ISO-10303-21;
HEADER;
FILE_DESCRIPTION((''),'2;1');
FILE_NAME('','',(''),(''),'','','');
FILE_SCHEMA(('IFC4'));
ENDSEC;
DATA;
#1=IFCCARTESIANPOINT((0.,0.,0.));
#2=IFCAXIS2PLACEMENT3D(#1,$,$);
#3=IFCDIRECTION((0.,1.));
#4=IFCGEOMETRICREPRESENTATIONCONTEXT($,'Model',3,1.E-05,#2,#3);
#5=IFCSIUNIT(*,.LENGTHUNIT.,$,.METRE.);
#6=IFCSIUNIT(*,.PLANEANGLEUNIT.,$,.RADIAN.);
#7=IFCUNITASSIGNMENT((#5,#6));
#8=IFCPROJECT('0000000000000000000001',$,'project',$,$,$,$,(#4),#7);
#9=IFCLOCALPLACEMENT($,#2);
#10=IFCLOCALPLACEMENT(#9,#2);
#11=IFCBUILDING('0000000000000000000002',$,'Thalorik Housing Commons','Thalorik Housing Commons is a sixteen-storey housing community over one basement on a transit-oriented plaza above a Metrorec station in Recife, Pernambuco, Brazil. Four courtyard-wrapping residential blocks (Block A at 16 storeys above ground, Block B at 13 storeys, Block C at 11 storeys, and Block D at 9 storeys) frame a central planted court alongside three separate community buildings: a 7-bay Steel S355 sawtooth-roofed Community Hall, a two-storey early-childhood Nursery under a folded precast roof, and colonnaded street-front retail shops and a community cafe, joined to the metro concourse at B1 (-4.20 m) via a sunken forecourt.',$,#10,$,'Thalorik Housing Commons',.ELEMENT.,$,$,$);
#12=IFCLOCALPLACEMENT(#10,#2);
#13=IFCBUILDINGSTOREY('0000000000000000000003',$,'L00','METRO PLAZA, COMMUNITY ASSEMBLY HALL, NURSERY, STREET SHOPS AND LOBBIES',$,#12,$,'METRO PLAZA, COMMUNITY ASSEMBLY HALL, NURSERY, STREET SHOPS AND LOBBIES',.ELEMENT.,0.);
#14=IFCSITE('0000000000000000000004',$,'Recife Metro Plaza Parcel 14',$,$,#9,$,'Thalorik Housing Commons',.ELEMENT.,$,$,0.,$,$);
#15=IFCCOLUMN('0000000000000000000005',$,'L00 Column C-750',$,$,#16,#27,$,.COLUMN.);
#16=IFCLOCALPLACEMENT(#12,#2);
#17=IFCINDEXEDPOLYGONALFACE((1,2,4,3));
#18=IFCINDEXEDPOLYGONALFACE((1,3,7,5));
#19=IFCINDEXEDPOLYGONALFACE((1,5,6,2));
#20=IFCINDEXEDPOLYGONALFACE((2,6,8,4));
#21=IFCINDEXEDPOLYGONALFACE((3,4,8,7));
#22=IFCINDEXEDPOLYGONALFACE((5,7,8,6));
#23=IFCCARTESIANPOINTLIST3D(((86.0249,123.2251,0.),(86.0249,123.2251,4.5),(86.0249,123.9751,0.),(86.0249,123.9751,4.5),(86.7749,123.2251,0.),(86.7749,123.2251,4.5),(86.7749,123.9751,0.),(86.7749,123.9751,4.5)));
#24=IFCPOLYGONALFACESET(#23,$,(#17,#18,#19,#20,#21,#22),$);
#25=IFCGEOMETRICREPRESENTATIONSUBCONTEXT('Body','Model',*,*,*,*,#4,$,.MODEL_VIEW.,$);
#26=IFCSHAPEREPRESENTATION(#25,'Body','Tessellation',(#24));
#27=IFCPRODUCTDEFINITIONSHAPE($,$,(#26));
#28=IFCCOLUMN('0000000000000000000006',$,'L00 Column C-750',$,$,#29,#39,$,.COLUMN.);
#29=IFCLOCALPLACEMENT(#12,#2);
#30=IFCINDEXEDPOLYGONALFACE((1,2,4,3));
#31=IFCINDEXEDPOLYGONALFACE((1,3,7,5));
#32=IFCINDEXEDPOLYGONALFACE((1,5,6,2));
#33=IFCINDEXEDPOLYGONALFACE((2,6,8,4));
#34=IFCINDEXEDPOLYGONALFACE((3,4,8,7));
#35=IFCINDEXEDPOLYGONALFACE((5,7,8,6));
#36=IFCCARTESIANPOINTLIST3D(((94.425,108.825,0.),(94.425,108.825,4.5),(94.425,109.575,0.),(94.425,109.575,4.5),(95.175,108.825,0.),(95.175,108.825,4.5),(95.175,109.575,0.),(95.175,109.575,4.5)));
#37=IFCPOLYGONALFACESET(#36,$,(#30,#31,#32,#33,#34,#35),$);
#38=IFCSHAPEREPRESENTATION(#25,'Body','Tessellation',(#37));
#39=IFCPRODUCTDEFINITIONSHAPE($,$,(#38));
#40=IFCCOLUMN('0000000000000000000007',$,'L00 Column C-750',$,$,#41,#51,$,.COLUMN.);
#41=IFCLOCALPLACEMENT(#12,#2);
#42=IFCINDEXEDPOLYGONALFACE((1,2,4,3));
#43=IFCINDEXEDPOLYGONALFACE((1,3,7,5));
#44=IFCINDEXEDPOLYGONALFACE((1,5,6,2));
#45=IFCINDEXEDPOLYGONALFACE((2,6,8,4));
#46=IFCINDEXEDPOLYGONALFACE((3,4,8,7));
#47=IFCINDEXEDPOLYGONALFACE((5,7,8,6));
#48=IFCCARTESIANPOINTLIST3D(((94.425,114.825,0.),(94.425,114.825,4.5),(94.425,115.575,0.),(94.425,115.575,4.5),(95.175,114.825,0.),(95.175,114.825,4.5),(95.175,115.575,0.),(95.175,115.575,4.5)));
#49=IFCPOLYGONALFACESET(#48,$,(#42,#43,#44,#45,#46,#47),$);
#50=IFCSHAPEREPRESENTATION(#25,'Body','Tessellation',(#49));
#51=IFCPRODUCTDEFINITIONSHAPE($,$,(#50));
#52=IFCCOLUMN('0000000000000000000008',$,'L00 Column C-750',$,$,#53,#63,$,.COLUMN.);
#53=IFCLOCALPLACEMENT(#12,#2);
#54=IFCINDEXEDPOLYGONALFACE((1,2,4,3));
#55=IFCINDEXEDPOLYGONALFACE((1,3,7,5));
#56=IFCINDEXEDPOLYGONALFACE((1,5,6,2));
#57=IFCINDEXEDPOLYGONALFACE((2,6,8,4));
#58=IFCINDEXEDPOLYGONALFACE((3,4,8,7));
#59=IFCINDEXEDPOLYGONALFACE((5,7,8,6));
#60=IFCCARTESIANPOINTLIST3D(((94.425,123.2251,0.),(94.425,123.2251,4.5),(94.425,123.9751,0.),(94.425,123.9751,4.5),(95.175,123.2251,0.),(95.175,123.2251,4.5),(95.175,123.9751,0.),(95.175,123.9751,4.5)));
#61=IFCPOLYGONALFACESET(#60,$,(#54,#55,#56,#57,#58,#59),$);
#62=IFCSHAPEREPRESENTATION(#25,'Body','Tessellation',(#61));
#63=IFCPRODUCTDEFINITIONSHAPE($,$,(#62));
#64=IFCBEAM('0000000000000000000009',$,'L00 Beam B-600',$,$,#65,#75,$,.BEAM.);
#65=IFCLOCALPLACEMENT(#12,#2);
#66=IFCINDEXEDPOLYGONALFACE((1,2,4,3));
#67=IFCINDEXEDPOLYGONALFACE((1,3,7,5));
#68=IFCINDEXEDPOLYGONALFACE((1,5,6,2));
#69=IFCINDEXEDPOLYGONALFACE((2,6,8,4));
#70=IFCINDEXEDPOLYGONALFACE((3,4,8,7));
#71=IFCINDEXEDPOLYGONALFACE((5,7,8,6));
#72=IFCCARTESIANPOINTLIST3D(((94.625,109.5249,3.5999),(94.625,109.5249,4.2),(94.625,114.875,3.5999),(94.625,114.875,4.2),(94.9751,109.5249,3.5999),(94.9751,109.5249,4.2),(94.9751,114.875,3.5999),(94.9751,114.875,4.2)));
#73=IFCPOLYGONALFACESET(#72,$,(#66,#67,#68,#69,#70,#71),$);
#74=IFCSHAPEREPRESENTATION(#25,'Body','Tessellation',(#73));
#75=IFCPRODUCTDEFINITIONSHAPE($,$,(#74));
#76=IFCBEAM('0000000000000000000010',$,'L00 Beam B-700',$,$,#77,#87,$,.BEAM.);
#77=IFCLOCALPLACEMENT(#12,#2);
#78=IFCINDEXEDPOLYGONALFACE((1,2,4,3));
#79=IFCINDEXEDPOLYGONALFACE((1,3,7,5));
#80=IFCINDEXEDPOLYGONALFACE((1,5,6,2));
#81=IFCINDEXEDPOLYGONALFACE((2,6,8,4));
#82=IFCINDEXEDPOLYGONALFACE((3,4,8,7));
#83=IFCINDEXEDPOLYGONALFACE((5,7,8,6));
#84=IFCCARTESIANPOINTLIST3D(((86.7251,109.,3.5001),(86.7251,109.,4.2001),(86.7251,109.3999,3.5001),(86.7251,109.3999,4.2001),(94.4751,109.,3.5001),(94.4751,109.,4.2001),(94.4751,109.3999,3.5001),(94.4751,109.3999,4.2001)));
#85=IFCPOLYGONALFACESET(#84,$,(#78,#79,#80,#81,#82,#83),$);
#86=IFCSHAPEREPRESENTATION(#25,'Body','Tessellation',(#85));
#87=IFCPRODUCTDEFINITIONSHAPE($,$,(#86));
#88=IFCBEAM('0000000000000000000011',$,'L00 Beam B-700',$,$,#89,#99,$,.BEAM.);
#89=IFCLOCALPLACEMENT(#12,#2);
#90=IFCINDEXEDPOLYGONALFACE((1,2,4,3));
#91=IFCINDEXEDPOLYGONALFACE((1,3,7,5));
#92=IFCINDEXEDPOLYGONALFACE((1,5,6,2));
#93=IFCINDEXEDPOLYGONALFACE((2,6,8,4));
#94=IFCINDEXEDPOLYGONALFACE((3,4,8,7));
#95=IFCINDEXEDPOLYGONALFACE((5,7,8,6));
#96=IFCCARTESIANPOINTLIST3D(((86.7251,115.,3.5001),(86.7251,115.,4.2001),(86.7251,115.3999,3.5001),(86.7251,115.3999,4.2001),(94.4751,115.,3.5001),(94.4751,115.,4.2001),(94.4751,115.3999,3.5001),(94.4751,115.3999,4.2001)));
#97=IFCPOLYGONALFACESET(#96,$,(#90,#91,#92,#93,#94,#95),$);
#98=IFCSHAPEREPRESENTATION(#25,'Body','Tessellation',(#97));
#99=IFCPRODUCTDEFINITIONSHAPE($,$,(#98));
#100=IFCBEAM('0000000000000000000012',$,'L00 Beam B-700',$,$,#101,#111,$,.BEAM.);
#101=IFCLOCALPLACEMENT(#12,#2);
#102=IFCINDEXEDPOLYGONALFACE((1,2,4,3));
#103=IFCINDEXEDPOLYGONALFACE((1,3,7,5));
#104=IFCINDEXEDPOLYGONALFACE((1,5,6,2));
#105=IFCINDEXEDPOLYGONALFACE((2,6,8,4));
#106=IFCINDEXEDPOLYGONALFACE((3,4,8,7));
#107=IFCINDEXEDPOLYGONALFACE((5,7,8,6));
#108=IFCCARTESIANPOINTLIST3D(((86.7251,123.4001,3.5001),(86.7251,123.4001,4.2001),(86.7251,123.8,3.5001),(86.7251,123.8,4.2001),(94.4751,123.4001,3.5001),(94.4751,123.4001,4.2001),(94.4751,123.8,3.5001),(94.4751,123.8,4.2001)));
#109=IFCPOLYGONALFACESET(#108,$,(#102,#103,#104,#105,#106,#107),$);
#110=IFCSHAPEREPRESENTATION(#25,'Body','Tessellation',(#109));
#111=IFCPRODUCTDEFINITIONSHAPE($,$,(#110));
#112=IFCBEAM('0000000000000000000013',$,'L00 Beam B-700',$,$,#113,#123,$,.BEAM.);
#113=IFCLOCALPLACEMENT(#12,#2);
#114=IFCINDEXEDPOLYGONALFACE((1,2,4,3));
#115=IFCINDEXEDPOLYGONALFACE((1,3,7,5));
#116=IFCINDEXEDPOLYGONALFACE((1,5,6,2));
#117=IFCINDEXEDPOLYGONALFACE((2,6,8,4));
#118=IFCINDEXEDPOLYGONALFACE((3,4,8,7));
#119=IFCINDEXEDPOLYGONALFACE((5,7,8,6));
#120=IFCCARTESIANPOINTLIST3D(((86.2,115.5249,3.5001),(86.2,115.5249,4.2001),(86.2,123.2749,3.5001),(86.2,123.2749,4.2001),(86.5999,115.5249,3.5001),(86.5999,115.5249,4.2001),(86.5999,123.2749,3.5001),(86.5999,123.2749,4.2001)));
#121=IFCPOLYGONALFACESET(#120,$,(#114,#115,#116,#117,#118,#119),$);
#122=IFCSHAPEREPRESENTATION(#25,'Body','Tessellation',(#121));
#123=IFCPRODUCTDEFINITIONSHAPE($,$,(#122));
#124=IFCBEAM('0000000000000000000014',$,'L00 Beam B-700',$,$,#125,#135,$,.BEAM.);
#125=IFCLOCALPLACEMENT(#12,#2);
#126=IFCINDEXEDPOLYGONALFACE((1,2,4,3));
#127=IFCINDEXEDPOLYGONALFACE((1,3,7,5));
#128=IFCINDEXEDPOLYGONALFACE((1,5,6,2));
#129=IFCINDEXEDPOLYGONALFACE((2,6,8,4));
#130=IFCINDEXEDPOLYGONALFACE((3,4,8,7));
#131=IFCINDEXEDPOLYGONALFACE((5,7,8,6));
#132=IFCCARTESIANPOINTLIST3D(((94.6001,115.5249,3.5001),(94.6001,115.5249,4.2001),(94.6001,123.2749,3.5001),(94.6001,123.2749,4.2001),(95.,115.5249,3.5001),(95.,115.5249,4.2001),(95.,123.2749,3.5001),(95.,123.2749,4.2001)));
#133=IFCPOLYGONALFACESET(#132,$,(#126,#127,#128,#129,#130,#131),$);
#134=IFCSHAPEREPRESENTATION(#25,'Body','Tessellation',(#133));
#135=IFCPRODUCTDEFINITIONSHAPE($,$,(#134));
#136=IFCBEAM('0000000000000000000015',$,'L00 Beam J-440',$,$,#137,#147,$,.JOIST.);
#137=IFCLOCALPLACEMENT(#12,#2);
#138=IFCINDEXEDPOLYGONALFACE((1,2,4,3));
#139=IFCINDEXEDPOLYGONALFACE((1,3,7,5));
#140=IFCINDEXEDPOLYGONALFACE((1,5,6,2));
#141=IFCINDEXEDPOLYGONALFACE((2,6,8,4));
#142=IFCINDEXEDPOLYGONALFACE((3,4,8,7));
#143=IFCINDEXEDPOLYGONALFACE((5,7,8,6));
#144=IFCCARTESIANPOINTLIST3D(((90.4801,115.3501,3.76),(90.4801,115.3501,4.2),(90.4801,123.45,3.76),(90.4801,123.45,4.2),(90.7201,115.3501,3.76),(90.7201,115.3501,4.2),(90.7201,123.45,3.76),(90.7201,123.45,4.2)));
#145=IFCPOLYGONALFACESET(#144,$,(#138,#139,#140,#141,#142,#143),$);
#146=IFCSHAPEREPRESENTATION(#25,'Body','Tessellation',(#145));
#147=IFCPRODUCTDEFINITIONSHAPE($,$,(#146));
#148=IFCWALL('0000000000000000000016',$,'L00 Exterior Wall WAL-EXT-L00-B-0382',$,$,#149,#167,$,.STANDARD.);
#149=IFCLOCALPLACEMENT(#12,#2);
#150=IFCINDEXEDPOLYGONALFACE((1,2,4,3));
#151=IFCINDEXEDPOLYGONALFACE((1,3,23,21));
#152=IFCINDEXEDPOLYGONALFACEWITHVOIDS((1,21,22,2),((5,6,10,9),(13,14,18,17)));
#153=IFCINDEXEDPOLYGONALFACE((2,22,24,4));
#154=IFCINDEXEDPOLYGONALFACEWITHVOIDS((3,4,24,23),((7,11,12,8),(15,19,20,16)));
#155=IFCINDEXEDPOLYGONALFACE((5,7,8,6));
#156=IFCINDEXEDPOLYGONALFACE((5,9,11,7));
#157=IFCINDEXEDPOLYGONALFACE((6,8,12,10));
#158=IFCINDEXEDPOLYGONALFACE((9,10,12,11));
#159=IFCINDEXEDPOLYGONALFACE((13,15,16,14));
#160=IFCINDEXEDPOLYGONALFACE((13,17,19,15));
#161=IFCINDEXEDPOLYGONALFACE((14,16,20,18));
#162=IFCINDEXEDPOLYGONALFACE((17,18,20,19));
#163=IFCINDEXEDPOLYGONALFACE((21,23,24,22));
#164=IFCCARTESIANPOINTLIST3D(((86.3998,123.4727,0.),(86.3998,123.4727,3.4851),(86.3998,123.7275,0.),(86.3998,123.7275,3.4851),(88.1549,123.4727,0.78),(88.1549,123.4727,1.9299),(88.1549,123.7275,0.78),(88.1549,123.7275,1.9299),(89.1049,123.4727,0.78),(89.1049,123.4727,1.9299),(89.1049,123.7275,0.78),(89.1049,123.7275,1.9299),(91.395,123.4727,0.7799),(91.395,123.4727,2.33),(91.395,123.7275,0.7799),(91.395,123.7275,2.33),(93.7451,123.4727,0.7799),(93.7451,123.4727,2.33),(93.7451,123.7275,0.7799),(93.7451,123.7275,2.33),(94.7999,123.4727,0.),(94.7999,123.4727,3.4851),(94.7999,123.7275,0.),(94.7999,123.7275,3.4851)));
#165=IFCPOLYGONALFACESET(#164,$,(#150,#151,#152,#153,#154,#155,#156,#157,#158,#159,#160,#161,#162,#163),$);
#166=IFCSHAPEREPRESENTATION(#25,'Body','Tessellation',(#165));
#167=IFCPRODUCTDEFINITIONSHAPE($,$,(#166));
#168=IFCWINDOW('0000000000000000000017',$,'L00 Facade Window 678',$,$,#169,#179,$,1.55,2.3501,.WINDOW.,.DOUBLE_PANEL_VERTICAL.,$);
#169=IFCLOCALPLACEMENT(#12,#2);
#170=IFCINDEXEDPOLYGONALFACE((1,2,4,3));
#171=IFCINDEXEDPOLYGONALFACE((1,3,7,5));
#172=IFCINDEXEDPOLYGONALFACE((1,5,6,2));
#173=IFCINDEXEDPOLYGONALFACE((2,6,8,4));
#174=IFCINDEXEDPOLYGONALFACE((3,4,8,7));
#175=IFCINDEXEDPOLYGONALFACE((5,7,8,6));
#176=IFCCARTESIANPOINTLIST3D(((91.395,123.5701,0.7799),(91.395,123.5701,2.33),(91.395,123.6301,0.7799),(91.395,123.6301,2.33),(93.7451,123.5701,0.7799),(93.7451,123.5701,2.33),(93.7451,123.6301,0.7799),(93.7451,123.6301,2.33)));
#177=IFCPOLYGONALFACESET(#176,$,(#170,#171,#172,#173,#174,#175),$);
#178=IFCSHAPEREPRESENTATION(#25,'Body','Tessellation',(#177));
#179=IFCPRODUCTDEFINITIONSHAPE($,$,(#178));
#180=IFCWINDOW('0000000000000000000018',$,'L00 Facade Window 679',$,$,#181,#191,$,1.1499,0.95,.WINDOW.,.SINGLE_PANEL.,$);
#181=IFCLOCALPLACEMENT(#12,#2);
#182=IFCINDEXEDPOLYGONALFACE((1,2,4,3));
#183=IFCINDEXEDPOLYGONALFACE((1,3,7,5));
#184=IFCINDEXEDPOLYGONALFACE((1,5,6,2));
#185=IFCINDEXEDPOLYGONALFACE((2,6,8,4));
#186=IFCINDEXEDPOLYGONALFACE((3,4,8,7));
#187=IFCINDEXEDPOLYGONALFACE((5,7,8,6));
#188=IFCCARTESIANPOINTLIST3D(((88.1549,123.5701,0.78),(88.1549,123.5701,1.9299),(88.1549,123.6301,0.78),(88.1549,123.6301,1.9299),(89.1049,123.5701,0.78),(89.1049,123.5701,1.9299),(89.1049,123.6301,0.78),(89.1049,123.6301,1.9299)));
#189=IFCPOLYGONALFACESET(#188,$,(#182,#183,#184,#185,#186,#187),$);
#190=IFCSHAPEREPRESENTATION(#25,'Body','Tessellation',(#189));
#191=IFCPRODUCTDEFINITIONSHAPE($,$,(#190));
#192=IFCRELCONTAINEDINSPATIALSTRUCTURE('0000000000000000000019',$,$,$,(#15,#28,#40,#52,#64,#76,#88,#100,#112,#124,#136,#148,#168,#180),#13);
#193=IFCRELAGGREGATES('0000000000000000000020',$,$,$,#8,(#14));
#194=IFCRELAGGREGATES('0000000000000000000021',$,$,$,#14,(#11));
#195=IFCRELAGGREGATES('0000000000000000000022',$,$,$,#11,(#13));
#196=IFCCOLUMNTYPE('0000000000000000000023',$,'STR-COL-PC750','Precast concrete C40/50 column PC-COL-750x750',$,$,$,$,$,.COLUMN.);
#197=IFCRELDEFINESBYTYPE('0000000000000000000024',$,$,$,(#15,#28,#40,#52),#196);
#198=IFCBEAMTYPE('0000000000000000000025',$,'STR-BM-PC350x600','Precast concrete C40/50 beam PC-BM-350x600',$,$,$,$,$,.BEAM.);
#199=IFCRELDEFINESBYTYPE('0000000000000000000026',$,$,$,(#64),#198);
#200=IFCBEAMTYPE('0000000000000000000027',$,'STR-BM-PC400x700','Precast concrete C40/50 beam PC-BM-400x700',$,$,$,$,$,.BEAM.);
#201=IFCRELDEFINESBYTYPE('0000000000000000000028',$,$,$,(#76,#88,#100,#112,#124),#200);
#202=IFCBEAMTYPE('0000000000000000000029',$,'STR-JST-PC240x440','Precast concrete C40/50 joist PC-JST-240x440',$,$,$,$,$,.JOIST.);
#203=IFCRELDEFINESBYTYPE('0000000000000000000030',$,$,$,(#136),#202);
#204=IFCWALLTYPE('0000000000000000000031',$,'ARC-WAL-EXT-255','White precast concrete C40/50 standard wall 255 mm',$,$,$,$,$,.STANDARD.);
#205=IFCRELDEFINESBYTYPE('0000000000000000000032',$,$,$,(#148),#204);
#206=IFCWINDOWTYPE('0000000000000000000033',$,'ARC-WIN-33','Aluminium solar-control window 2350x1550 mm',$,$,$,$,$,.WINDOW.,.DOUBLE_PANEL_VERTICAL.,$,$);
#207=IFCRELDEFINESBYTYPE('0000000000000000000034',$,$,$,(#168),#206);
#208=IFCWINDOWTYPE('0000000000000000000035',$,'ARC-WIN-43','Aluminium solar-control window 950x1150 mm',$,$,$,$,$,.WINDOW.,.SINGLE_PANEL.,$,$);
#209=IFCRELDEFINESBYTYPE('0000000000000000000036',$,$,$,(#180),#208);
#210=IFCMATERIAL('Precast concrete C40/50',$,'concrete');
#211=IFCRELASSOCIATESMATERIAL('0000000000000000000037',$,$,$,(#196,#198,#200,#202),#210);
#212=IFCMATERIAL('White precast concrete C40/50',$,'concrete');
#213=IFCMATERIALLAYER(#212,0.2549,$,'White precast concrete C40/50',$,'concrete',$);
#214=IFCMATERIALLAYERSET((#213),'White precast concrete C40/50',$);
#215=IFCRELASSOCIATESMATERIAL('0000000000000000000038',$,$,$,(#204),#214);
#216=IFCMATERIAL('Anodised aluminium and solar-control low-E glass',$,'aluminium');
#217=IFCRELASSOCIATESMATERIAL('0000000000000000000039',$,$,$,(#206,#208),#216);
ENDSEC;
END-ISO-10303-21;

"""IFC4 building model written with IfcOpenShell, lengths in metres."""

from ifc_helpers import new_model, si_unit, direction, frame, frame_2d, origin, origin_2d, place, context, subcontext, project, spatial, rectangle, extrude, material, layer, layer_set, material_profile, profile_set, type_object, element, fill, save


model = new_model("IFC4")

# Units and contexts
model_context = context("Model", 3, precision=1e-05, world=origin(), true_north=direction((0.0, 1.0)))
body_context = subcontext(model_context, "Body", "Model", "MODEL_VIEW")
ifc_project = project(units=[si_unit("LENGTHUNIT", "METRE"), si_unit("PLANEANGLEUNIT", "RADIAN")], contexts=[model_context])

# Site, building, storey
site_placement = place(None, origin())
site = spatial("IfcSite", under=ifc_project, at=site_placement, Name="Recife Metro Plaza Parcel 14", LongName="Thalorik Housing Commons", CompositionType="ELEMENT", RefElevation=0.0)
building_placement = place(site_placement, origin())
building = spatial("IfcBuilding", under=site, at=building_placement, Name="Thalorik Housing Commons", Description="Thalorik Housing Commons is a sixteen-storey housing community over one basement on a transit-oriented plaza above a Metrorec station in Recife, Pernambuco, Brazil. Four courtyard-wrapping residential blocks (Block A at 16 storeys above ground, Block B at 13 storeys, Block C at 11 storeys, and Block D at 9 storeys) frame a central planted court alongside three separate community buildings: a 7-bay Steel S355 sawtooth-roofed Community Hall, a two-storey early-childhood Nursery under a folded precast roof, and colonnaded street-front retail shops and a community cafe, joined to the metro concourse at B1 (-4.20 m) via a sunken forecourt.", LongName="Thalorik Housing Commons", CompositionType="ELEMENT")
storey_placement = place(building_placement, origin())
storey = spatial("IfcBuildingStorey", under=building, at=storey_placement, Name="L00", Description="METRO PLAZA, COMMUNITY ASSEMBLY HALL, NURSERY, STREET SHOPS AND LOBBIES", LongName="METRO PLAZA, COMMUNITY ASSEMBLY HALL, NURSERY, STREET SHOPS AND LOBBIES", CompositionType="ELEMENT", Elevation=0.0)

# Columns
ifc_material_1 = material(Name="Precast concrete C40/50", Category="concrete")
ifc_material_profile_1 = material_profile(ifc_material_1, rectangle(XDim=0.75, YDim=0.75, at=origin_2d()), Name="PC 750x750", Category="concrete")
ifc_profile_set_1 = profile_set([ifc_material_profile_1], Name="Precast concrete C40/50")
column_type = type_object("IfcColumnType", Name="STR-COL-PC750", Description="Precast concrete C40/50 column PC-COL-750x750", PredefinedType="COLUMN", material=ifc_profile_set_1)
for number, where, z_axis, x_axis, name in (
    (1, (86.3999, 123.6001, 0.0), (0.0, 0.0, 1.0), (1.0, 0.0, 0.0), "L00 Column C-750"),
    (2, (94.8, 109.2, 0.0), (0.0, 0.0, 1.0), (1.0, 0.0, 0.0), "L00 Column C-750"),
    (3, (94.8, 115.2, 0.0), (0.0, 0.0, 1.0), (1.0, 0.0, 0.0), "L00 Column C-750"),
    (4, (94.8, 123.6001, 0.0), (0.0, 0.0, 1.0), (1.0, 0.0, 0.0), "L00 Column C-750"),
):
    element("IfcColumn", number, at=place(storey_placement, frame(where, z_axis=z_axis, x_axis=x_axis)), inside=storey, type_object=column_type, Name=name, PredefinedType="COLUMN", context=body_context, shape_type="SweptSolid", body=[
        extrude(rectangle(XDim=0.75, YDim=0.75, at=origin_2d()), origin(), (0.0, 0.0, 1.0), 4.5),
    ])

# Beams
ifc_material_profile_2 = material_profile(ifc_material_1, rectangle(XDim=0.3501, YDim=0.6001, at=origin_2d()), Name="PC 350x600", Category="concrete")
ifc_profile_set_2 = profile_set([ifc_material_profile_2], Name="Precast concrete C40/50")
beam_type_1 = type_object("IfcBeamType", Name="STR-BM-PC350x600", Description="Precast concrete C40/50 beam PC-BM-350x600", PredefinedType="BEAM", material=ifc_profile_set_2)
beam_1_placement = place(storey_placement, frame((94.8, 109.5249, 3.8999), z_axis=(0.0, 1.0, 0.0), x_axis=(-1.0, 0.0, 0.0)))
element("IfcBeam", 5, at=beam_1_placement, inside=storey, type_object=beam_type_1, Name="L00 Beam B-600", PredefinedType="BEAM", context=body_context, shape_type="SweptSolid", body=[
    extrude(rectangle(XDim=0.3501, YDim=0.6001, at=origin_2d()), origin(), (0.0, 0.0, 1.0), 5.3501),
])
ifc_material_profile_3 = material_profile(ifc_material_1, rectangle(XDim=0.3999, YDim=0.7, at=origin_2d()), Name="PC 400x700", Category="concrete")
ifc_profile_set_3 = profile_set([ifc_material_profile_3], Name="Precast concrete C40/50")
beam_type_2 = type_object("IfcBeamType", Name="STR-BM-PC400x700", Description="Precast concrete C40/50 beam PC-BM-400x700", PredefinedType="BEAM", material=ifc_profile_set_3)
for number, where, z_axis, x_axis, name in (
    (6, (86.7251, 109.2, 3.8501), (1.0, 0.0, 0.0), (0.0, 1.0, 0.0), "L00 Beam B-700"),
    (7, (86.7251, 115.2, 3.8501), (1.0, 0.0, 0.0), (0.0, 1.0, 0.0), "L00 Beam B-700"),
    (8, (86.7251, 123.6001, 3.8501), (1.0, 0.0, 0.0), (0.0, 1.0, 0.0), "L00 Beam B-700"),
    (9, (86.3999, 115.5249, 3.8501), (0.0, 1.0, 0.0), (-1.0, 0.0, 0.0), "L00 Beam B-700"),
    (10, (94.8, 115.5249, 3.8501), (0.0, 1.0, 0.0), (-1.0, 0.0, 0.0), "L00 Beam B-700"),
):
    element("IfcBeam", number, at=place(storey_placement, frame(where, z_axis=z_axis, x_axis=x_axis)), inside=storey, type_object=beam_type_2, Name=name, PredefinedType="BEAM", context=body_context, shape_type="SweptSolid", body=[
        extrude(rectangle(XDim=0.3999, YDim=0.7, at=origin_2d()), origin(), (0.0, 0.0, 1.0), 7.75),
    ])
ifc_material_profile_4 = material_profile(ifc_material_1, rectangle(XDim=0.24, YDim=0.4399, at=origin_2d()), Name="PC JST 240x440", Category="concrete")
ifc_profile_set_4 = profile_set([ifc_material_profile_4], Name="Precast concrete C40/50")
beam_type_3 = type_object("IfcBeamType", Name="STR-JST-PC240x440", Description="Precast concrete C40/50 joist PC-JST-240x440", PredefinedType="JOIST", material=ifc_profile_set_4)
beam_2_placement = place(storey_placement, frame((90.6001, 115.3501, 3.98), z_axis=(0.0, 1.0, 0.0), x_axis=(-1.0, 0.0, 0.0)))
element("IfcBeam", 11, at=beam_2_placement, inside=storey, type_object=beam_type_3, Name="L00 Beam J-440", PredefinedType="JOIST", context=body_context, shape_type="SweptSolid", body=[
    extrude(rectangle(XDim=0.24, YDim=0.4399, at=origin_2d()), origin(), (0.0, 0.0, 1.0), 8.0999),
])

# Wall, openings, windows
ifc_material_2 = material(Name="White precast concrete C40/50", Category="concrete")
ifc_layer = layer(ifc_material_2, 0.2549, Name="White precast concrete C40/50", Category="concrete")
ifc_layer_set = layer_set([ifc_layer], Name="White precast concrete C40/50")
wall_type = type_object("IfcWallType", Name="ARC-WAL-EXT-255", Description="White precast concrete C40/50 standard wall 255 mm", PredefinedType="STANDARD", material=ifc_layer_set)
wall_1_placement = place(storey_placement, frame((94.8, 123.6001, 0.0), z_axis=(0.0, 0.0, 1.0), x_axis=(-1.0, 0.0, 0.0)))
wall_1 = element("IfcWall", 12, at=wall_1_placement, inside=storey, type_object=wall_type, Name="L00 Exterior Wall WAL-EXT-L00-B-0382", PredefinedType="STANDARD", context=body_context, shape_type="SweptSolid", body=[
    extrude(rectangle(XDim=8.4001, YDim=0.2549, at=frame_2d((4.2002, 0.0))), origin(), (0.0, 0.0, 1.0), 3.4851),
])
opening_1_placement = place(wall_1_placement, frame((1.0549, 0.0, 0.78)))
opening_1 = element("IfcOpeningElement", 13, at=opening_1_placement, cuts=wall_1, PredefinedType="OPENING", context=body_context, shape_type="SweptSolid", body=[
    extrude(rectangle(XDim=2.3501, YDim=1.55, at=frame_2d((1.175, 0.7749))), frame((0.0, 0.1375, 0.0), z_axis=(0.0, -1.0, 0.0), x_axis=(1.0, 0.0, 0.0)), (0.0, 0.0, 1.0), 0.2749),
])
opening_2_placement = place(wall_1_placement, frame((5.6951, 0.0, 0.78)))
opening_2 = element("IfcOpeningElement", 14, at=opening_2_placement, cuts=wall_1, PredefinedType="OPENING", context=body_context, shape_type="SweptSolid", body=[
    extrude(rectangle(XDim=0.95, YDim=1.1499, at=frame_2d((0.4751, 0.575))), frame((0.0, 0.1375, 0.0), z_axis=(0.0, -1.0, 0.0), x_axis=(1.0, 0.0, 0.0)), (0.0, 0.0, 1.0), 0.2749),
])
ifc_material_3 = material(Name="Anodised aluminium and solar-control low-E glass", Category="aluminium")
window_type_1 = type_object("IfcWindowType", Name="ARC-WIN-33", Description="Aluminium solar-control window 2350x1550 mm", PartitioningType="DOUBLE_PANEL_VERTICAL", PredefinedType="WINDOW", material=ifc_material_3)
window_1_placement = place(opening_1_placement, origin())
window_1 = element("IfcWindow", 15, at=window_1_placement, inside=storey, type_object=window_type_1, Name="L00 Facade Window 678", OverallHeight=1.55, OverallWidth=2.3501, PartitioningType="DOUBLE_PANEL_VERTICAL", PredefinedType="WINDOW", context=body_context, shape_type="SweptSolid", body=[
    extrude(rectangle(XDim=2.3501, YDim=1.55, at=frame_2d((1.175, 0.7749))), frame((0.0, 0.03, 0.0), z_axis=(0.0, -1.0, 0.0), x_axis=(1.0, 0.0, 0.0)), (0.0, 0.0, 1.0), 0.0601),
])
fill(opening_1, window_1)
window_type_2 = type_object("IfcWindowType", Name="ARC-WIN-43", Description="Aluminium solar-control window 950x1150 mm", PartitioningType="SINGLE_PANEL", PredefinedType="WINDOW", material=ifc_material_3)
window_2_placement = place(opening_2_placement, origin())
window_2 = element("IfcWindow", 16, at=window_2_placement, inside=storey, type_object=window_type_2, Name="L00 Facade Window 679", OverallHeight=1.1499, OverallWidth=0.95, PartitioningType="SINGLE_PANEL", PredefinedType="WINDOW", context=body_context, shape_type="SweptSolid", body=[
    extrude(rectangle(XDim=0.95, YDim=1.1499, at=frame_2d((0.4751, 0.575))), frame((0.0, 0.03, 0.0), z_axis=(0.0, -1.0, 0.0), x_axis=(1.0, 0.0, 0.0)), (0.0, 0.0, 1.0), 0.0601),
])
fill(opening_2, window_2)

save(model, "model.ifc")
